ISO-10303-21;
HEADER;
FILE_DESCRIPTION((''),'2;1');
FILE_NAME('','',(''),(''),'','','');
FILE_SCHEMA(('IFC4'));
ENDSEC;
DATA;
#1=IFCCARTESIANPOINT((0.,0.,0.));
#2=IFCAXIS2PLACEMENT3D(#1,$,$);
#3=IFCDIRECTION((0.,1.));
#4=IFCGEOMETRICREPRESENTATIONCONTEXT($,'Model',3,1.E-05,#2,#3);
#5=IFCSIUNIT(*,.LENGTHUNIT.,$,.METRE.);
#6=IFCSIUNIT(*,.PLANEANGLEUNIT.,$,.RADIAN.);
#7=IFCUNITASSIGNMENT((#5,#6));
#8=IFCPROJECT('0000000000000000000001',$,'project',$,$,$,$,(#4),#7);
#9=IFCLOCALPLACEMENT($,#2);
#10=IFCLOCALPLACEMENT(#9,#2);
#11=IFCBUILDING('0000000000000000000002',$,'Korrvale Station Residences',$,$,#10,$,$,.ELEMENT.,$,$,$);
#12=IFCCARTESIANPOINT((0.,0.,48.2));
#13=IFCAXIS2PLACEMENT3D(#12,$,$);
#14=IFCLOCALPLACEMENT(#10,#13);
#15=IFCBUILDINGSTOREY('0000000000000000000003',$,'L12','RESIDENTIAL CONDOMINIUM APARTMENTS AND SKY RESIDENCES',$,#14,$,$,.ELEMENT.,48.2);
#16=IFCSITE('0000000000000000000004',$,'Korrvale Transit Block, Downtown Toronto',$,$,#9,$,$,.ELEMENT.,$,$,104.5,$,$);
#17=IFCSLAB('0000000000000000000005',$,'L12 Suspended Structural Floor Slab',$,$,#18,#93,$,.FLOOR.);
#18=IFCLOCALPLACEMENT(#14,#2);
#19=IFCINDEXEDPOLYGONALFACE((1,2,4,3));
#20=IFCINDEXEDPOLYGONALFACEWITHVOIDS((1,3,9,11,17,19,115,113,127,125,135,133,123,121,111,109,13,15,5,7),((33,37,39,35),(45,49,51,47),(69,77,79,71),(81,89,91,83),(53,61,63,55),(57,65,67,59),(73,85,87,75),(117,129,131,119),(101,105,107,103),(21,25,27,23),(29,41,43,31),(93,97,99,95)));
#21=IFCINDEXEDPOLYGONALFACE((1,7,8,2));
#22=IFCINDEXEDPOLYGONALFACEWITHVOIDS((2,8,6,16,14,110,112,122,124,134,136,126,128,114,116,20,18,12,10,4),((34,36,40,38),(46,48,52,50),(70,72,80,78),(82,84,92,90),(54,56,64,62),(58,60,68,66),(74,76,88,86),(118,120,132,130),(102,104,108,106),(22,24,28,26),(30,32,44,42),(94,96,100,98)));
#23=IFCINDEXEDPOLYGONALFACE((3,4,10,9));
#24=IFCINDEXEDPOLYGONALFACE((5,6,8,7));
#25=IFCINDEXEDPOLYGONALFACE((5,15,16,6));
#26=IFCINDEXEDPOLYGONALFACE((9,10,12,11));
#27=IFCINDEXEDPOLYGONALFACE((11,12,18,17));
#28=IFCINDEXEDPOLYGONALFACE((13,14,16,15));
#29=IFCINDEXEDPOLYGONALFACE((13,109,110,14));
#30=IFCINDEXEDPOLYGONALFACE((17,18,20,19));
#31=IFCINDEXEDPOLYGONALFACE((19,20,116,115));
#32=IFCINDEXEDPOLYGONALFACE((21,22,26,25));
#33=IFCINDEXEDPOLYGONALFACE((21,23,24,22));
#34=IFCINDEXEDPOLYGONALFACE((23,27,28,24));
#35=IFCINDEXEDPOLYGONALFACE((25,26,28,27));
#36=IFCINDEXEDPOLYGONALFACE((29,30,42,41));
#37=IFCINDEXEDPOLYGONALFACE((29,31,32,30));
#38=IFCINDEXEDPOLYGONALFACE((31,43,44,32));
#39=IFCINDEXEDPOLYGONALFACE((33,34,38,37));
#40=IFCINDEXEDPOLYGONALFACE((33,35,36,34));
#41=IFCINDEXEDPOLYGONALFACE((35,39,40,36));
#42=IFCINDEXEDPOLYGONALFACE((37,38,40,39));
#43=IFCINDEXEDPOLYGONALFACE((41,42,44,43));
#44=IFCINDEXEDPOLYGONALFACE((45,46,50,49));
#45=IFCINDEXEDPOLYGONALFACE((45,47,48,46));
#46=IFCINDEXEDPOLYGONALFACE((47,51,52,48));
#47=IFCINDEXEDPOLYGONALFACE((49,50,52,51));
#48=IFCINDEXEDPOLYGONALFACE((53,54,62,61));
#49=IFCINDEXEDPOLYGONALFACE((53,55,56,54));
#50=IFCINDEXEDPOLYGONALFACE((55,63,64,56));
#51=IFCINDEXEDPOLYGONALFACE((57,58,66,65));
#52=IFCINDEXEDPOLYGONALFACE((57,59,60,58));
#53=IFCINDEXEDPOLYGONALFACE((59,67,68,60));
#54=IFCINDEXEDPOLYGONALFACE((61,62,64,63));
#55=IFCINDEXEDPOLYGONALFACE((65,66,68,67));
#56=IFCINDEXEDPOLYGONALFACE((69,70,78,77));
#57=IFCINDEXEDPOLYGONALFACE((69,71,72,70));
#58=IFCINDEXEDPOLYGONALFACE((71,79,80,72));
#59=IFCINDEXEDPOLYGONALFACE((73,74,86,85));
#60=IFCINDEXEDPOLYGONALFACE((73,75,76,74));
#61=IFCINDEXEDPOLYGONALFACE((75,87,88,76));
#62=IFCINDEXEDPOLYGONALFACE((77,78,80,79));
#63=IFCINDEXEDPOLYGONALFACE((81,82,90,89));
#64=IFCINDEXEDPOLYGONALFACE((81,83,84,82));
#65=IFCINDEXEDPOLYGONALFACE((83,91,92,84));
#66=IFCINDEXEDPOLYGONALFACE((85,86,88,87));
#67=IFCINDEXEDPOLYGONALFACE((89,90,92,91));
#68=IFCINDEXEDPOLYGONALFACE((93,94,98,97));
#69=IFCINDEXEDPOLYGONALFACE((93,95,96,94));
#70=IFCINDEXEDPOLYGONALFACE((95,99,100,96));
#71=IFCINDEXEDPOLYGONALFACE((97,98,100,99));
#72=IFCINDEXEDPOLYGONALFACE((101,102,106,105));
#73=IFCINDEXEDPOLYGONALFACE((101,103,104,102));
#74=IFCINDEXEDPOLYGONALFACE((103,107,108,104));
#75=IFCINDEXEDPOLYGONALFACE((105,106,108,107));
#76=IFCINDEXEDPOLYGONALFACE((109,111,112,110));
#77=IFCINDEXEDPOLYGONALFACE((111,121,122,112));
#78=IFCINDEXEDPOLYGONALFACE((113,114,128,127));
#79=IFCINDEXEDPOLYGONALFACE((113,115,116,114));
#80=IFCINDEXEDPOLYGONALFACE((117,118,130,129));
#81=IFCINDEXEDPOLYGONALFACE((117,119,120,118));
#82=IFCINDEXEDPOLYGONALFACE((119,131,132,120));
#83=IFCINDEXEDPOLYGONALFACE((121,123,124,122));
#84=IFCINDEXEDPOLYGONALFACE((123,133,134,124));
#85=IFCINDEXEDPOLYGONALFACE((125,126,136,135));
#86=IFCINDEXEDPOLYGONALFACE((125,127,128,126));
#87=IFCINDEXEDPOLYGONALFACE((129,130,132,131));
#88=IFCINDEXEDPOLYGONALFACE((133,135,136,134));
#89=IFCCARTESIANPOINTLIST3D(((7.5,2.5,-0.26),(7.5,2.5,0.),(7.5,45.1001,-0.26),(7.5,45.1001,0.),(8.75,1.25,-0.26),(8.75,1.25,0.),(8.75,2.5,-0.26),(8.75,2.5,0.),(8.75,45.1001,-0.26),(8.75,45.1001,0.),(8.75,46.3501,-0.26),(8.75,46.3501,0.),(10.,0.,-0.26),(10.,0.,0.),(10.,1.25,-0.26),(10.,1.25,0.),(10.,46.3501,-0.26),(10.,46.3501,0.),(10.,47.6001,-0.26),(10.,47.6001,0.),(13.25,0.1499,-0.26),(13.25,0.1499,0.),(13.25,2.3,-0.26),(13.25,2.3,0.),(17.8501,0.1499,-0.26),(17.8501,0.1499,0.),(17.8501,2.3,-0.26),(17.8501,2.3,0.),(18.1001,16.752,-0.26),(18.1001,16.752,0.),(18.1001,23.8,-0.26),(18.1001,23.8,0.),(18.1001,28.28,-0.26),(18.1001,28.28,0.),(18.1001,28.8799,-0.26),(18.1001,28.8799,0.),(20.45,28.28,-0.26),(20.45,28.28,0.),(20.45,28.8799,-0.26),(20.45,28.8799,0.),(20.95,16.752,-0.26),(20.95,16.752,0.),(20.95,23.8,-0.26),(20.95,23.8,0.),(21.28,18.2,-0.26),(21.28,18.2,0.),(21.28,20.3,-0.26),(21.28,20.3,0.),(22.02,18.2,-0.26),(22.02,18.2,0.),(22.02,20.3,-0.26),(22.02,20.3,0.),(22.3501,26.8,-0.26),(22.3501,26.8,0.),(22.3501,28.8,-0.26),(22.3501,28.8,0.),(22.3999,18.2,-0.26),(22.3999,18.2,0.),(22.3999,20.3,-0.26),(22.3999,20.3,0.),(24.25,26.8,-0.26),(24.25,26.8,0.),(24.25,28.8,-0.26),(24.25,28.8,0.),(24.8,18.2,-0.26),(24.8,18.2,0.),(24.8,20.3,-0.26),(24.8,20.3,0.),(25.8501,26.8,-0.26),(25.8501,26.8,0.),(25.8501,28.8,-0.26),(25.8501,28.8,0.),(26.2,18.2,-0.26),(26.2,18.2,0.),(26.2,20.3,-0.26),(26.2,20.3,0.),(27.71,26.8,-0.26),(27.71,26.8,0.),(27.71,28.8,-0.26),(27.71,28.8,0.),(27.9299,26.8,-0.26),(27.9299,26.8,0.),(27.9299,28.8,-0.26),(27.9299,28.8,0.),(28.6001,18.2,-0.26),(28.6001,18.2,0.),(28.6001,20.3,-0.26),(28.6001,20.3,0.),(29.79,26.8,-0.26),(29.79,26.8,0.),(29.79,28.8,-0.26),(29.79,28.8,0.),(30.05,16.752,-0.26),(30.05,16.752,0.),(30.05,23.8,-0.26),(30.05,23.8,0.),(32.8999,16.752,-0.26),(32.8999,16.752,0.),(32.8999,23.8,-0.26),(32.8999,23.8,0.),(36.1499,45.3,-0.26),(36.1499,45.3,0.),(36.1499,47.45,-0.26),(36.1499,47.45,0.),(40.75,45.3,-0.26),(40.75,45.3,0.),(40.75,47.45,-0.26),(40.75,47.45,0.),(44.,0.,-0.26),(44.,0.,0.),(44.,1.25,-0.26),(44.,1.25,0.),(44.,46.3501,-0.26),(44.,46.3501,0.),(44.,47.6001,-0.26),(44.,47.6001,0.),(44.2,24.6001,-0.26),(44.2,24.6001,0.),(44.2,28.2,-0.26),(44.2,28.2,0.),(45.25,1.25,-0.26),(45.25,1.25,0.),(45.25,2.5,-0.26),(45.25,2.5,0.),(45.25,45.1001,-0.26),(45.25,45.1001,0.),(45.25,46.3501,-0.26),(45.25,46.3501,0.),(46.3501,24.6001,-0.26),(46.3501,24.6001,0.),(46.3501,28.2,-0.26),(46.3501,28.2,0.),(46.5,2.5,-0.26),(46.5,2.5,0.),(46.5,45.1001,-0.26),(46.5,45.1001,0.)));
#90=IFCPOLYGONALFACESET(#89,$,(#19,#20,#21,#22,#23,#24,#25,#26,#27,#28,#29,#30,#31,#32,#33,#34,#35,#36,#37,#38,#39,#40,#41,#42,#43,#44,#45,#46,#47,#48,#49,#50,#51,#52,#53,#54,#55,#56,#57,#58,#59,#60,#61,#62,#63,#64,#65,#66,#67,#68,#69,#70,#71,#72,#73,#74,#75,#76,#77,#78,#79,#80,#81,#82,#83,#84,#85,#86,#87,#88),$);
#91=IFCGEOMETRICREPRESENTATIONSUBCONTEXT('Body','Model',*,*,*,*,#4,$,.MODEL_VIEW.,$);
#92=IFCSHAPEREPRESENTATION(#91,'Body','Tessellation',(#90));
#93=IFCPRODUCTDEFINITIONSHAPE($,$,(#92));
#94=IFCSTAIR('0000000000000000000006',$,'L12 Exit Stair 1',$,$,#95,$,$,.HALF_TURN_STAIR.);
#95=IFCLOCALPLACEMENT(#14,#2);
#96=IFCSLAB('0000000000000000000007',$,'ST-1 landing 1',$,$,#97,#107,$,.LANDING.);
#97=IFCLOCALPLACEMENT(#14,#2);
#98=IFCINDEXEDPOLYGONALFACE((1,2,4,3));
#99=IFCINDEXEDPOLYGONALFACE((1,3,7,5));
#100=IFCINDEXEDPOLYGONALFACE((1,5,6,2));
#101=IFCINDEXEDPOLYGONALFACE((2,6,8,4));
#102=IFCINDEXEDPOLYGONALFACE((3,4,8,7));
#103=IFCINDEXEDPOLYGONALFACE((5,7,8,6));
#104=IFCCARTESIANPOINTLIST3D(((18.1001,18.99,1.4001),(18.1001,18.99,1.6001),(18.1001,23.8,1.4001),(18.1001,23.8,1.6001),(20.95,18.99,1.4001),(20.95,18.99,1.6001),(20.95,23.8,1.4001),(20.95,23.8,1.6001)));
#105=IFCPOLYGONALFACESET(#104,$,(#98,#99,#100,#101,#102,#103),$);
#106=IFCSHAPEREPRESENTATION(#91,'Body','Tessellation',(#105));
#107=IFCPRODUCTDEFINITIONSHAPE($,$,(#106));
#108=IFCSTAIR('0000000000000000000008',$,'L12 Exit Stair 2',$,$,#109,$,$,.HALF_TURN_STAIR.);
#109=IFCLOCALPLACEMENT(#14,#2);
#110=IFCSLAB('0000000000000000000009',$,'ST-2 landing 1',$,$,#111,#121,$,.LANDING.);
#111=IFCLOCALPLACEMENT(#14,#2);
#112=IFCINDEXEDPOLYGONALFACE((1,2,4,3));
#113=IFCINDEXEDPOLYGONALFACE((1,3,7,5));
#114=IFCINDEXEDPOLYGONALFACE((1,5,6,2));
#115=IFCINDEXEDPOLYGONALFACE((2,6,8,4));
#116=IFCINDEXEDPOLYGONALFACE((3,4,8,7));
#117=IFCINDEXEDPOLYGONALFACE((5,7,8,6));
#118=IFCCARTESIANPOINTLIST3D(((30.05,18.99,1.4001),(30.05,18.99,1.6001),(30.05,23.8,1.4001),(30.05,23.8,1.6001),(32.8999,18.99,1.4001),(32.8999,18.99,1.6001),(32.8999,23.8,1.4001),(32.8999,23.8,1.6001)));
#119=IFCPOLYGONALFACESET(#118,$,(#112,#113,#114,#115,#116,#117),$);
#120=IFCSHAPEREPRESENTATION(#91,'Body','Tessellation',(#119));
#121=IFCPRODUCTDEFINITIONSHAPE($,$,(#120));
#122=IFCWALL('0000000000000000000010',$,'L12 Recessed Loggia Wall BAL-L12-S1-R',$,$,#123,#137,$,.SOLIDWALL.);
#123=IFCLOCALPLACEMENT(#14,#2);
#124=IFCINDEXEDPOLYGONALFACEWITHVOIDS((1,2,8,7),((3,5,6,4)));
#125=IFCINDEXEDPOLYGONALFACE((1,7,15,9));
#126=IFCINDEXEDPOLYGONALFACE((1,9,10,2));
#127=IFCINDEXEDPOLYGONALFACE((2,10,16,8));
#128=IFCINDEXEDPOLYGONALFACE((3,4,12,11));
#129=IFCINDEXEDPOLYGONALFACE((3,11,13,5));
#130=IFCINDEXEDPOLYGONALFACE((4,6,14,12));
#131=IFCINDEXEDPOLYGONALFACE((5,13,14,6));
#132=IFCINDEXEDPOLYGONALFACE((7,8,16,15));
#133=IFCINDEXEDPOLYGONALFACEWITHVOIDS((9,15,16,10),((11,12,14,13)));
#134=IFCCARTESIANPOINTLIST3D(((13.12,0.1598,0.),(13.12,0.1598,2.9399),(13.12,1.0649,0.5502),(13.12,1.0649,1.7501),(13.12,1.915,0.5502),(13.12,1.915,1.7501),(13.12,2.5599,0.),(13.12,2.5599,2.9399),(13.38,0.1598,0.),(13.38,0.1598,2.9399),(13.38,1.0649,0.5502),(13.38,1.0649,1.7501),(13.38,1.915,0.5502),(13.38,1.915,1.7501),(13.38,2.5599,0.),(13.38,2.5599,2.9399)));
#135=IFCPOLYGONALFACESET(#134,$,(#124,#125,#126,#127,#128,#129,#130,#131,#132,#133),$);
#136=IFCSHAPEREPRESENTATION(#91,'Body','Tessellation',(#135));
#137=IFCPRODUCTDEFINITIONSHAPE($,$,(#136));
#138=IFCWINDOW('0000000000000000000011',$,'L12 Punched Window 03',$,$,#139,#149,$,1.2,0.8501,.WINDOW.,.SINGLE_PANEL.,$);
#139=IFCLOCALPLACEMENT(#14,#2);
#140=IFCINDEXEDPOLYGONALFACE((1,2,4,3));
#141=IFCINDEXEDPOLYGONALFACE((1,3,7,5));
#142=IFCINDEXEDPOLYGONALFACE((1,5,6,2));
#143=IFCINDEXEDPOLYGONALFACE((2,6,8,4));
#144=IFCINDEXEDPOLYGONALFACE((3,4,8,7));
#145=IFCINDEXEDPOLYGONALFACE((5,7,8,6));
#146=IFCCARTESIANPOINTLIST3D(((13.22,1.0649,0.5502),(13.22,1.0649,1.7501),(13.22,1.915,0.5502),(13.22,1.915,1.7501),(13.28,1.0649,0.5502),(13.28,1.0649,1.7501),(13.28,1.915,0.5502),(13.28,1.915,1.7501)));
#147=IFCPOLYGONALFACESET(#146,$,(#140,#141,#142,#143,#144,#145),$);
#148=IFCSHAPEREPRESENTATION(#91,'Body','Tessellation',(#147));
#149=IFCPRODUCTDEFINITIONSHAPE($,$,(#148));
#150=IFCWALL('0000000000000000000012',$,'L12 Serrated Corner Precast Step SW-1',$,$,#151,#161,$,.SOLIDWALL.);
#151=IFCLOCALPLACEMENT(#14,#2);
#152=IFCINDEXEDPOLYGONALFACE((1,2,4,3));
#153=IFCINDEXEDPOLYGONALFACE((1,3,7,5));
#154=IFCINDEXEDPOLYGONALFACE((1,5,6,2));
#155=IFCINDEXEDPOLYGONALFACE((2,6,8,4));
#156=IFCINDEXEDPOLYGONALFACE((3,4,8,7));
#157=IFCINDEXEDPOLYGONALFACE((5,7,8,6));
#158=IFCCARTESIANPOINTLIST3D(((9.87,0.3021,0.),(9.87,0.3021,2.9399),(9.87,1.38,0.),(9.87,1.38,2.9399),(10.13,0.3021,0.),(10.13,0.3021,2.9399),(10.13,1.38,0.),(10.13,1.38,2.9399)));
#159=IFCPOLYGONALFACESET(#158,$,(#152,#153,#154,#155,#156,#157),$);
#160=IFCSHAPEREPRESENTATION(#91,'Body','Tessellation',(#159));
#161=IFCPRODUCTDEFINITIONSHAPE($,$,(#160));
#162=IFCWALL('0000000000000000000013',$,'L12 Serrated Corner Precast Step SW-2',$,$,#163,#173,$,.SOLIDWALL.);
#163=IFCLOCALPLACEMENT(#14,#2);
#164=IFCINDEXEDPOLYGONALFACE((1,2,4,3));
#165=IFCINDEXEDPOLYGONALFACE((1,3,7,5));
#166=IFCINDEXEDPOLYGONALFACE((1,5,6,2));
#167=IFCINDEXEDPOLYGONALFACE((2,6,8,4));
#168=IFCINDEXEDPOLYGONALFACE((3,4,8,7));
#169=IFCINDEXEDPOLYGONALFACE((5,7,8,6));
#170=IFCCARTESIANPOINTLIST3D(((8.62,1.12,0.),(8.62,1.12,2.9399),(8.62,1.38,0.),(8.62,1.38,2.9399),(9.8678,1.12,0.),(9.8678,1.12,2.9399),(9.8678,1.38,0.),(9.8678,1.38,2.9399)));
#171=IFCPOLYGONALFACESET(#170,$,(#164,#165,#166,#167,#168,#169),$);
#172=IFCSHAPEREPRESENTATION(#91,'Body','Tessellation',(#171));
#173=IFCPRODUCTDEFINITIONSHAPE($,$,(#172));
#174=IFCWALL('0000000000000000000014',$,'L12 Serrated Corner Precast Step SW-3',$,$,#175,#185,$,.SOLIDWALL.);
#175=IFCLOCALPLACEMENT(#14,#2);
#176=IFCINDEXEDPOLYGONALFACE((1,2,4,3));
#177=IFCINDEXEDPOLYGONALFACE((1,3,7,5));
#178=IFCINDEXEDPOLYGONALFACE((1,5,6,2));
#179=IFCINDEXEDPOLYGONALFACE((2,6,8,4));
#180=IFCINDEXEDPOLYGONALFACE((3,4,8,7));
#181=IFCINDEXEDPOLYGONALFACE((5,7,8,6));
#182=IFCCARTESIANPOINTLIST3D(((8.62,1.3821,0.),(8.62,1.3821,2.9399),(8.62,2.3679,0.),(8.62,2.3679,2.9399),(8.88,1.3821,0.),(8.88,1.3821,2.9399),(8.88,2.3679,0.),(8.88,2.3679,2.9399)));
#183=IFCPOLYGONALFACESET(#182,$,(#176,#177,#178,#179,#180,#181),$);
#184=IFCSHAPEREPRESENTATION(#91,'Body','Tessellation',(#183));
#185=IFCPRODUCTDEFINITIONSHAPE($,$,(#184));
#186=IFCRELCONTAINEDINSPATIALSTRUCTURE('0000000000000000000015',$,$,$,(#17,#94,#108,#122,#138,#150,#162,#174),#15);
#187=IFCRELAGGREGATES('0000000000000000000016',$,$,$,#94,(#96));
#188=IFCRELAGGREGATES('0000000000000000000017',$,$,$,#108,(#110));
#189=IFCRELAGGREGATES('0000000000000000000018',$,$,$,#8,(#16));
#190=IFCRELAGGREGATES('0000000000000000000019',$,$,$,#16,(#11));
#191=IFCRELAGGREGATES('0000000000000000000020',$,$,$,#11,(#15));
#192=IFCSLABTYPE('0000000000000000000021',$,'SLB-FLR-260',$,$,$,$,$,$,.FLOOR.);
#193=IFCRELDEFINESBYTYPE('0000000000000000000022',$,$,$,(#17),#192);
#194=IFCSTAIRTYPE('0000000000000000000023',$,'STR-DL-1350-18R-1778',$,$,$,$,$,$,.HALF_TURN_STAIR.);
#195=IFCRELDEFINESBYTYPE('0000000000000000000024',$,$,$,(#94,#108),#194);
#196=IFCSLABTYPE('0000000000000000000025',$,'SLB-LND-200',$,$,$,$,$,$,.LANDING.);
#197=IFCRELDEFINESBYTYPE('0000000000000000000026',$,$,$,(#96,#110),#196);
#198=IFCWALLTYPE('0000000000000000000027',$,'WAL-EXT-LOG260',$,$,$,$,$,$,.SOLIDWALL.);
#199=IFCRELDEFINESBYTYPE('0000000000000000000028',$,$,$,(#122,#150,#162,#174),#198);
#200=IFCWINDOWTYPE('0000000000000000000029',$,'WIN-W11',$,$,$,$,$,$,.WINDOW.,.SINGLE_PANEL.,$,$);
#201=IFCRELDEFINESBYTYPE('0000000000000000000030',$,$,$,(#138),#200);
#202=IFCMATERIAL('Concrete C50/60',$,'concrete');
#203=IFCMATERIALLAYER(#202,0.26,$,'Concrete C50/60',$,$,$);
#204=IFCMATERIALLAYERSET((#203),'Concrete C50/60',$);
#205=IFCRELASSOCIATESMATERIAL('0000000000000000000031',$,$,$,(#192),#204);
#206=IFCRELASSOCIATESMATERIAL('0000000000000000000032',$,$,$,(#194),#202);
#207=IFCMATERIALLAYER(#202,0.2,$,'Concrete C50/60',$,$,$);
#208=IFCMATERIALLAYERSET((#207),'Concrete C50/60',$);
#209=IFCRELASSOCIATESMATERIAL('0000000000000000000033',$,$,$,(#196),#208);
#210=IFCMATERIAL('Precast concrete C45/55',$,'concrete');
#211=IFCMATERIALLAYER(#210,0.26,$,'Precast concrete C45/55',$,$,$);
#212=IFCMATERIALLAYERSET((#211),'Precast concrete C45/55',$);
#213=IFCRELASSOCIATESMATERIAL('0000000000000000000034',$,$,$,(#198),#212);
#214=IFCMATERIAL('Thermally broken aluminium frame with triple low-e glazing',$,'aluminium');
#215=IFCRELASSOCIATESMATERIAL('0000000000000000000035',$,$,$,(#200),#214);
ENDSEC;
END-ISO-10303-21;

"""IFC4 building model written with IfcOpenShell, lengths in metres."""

from ifc_helpers import new_model, si_unit, direction, frame, frame_2d, origin, place, context, subcontext, project, spatial, polyline, rectangle, outline, extrude, material, layer, layer_set, type_object, element, fill, aggregate, save


model = new_model("IFC4")

# Units and contexts
model_context = context("Model", 3, precision=1e-05, world=origin(), true_north=direction((0.0, 1.0)))
body_context = subcontext(model_context, "Body", "Model", "MODEL_VIEW")
ifc_project = project(units=[si_unit("LENGTHUNIT", "METRE"), si_unit("PLANEANGLEUNIT", "RADIAN")], contexts=[model_context])

# Site, building, storey
site_placement = place(None, origin())
site = spatial("IfcSite", under=ifc_project, at=site_placement, Name="Korrvale Transit Block, Downtown Toronto", CompositionType="ELEMENT", RefElevation=104.5)
building_placement = place(site_placement, origin())
building = spatial("IfcBuilding", under=site, at=building_placement, Name="Korrvale Station Residences", CompositionType="ELEMENT")
storey_placement = place(building_placement, frame((0.0, 0.0, 48.2)))
storey = spatial("IfcBuildingStorey", under=building, at=storey_placement, Name="L12", Description="RESIDENTIAL CONDOMINIUM APARTMENTS AND SKY RESIDENCES", CompositionType="ELEMENT", Elevation=48.2)

# Slab
ifc_material_1 = material(Name="Concrete C50/60", Category="concrete")
ifc_layer_1 = layer(ifc_material_1, 0.26, Name="Concrete C50/60")
ifc_layer_set_1 = layer_set([ifc_layer_1], Name="Concrete C50/60")
slab_type_1 = type_object("IfcSlabType", Name="SLB-FLR-260", PredefinedType="FLOOR", material=ifc_layer_set_1)
slab_1_placement = place(storey_placement, frame((0.0, 0.0, -0.26)))
element("IfcSlab", 1, at=slab_1_placement, inside=storey, type_object=slab_type_1, Name="L12 Suspended Structural Floor Slab", PredefinedType="FLOOR", context=body_context, shape_type="SweptSolid", body=[
    extrude(outline(polyline([(10.0, 0.0), (44.0, 0.0), (44.0, 1.25), (45.25, 1.25), (45.25, 2.5), (46.5, 2.5), (46.5, 45.1001), (45.25, 45.1001), (45.25, 46.3501), (44.0, 46.3501), (44.0, 47.6001), (10.0, 47.6001), (10.0, 46.3501), (8.75, 46.3501), (8.75, 45.1001), (7.5, 45.1001), (7.5, 2.5), (8.75, 2.5), (8.75, 1.25), (10.0, 1.25), (10.0, 0.0)]), holes=[polyline([(20.95, 16.752), (20.95, 23.8), (18.1001, 23.8), (18.1001, 16.752), (20.95, 16.752)]), polyline([(32.8999, 16.752), (32.8999, 23.8), (30.05, 23.8), (30.05, 16.752), (32.8999, 16.752)]), polyline([(22.3501, 26.8), (24.25, 26.8), (24.25, 28.8), (22.3501, 28.8), (22.3501, 26.8)]), polyline([(25.8501, 26.8), (27.71, 26.8), (27.71, 28.8), (25.8501, 28.8), (25.8501, 26.8)]), polyline([(27.9299, 26.8), (29.79, 26.8), (29.79, 28.8), (27.9299, 28.8), (27.9299, 26.8)]), polyline([(22.3999, 18.2), (24.8, 18.2), (24.8, 20.3), (22.3999, 20.3), (22.3999, 18.2)]), polyline([(26.2, 18.2), (28.6001, 18.2), (28.6001, 20.3), (26.2, 20.3), (26.2, 18.2)]), polyline([(18.1001, 28.28), (20.45, 28.28), (20.45, 28.8799), (18.1001, 28.8799), (18.1001, 28.28)]), polyline([(21.28, 18.2), (22.02, 18.2), (22.02, 20.3), (21.28, 20.3), (21.28, 18.2)]), polyline([(13.25, 0.1499), (17.8501, 0.1499), (17.8501, 2.3), (13.25, 2.3), (13.25, 0.1499)]), polyline([(36.1499, 45.3), (40.75, 45.3), (40.75, 47.45), (36.1499, 47.45), (36.1499, 45.3)]), polyline([(44.2, 24.6001), (46.3501, 24.6001), (46.3501, 28.2), (44.2, 28.2), (44.2, 24.6001)])]), origin(), (0.0, 0.0, 1.0), 0.26),
])

# Stairs, slabs
stair_type = type_object("IfcStairType", Name="STR-DL-1350-18R-1778", PredefinedType="HALF_TURN_STAIR", material=ifc_material_1)
stair_1_placement = place(storey_placement, origin())
stair_1 = element("IfcStair", 2, at=stair_1_placement, inside=storey, type_object=stair_type, Name="L12 Exit Stair 1", PredefinedType="HALF_TURN_STAIR")
ifc_layer_2 = layer(ifc_material_1, 0.2, Name="Concrete C50/60")
ifc_layer_set_2 = layer_set([ifc_layer_2], Name="Concrete C50/60")
slab_type_2 = type_object("IfcSlabType", Name="SLB-LND-200", PredefinedType="LANDING", material=ifc_layer_set_2)
slab_2_placement = place(storey_placement, frame((0.0, 0.0, 1.4001)))
slab_2 = element("IfcSlab", 3, at=slab_2_placement, type_object=slab_type_2, Name="ST-1 landing 1", PredefinedType="LANDING", context=body_context, shape_type="SweptSolid", body=[
    extrude(outline(polyline([(20.95, 18.99), (20.95, 23.8), (18.1001, 23.8), (18.1001, 18.99), (20.95, 18.99)])), origin(), (0.0, 0.0, 1.0), 0.2),
])
aggregate(stair_1, [slab_2])
stair_2_placement = place(storey_placement, origin())
stair_2 = element("IfcStair", 4, at=stair_2_placement, inside=storey, type_object=stair_type, Name="L12 Exit Stair 2", PredefinedType="HALF_TURN_STAIR")
slab_3_placement = place(storey_placement, frame((0.0, 0.0, 1.4001)))
slab_3 = element("IfcSlab", 5, at=slab_3_placement, type_object=slab_type_2, Name="ST-2 landing 1", PredefinedType="LANDING", context=body_context, shape_type="SweptSolid", body=[
    extrude(outline(polyline([(32.8999, 18.99), (32.8999, 23.8), (30.05, 23.8), (30.05, 18.99), (32.8999, 18.99)])), origin(), (0.0, 0.0, 1.0), 0.2),
])
aggregate(stair_2, [slab_3])

# Wall, opening, window
ifc_material_2 = material(Name="Precast concrete C45/55", Category="concrete")
ifc_layer_3 = layer(ifc_material_2, 0.26, Name="Precast concrete C45/55")
ifc_layer_set_3 = layer_set([ifc_layer_3], Name="Precast concrete C45/55")
wall_type_1 = type_object("IfcWallType", Name="WAL-EXT-LOG260", PredefinedType="SOLIDWALL", material=ifc_layer_set_3)
wall_1_placement = place(storey_placement, frame((13.25, 2.5601, 0.0), z_axis=(0.0, 0.0, 1.0), x_axis=(0.0, -1.0, 0.0)))
wall_1 = element("IfcWall", 6, at=wall_1_placement, inside=storey, type_object=wall_type_1, Name="L12 Recessed Loggia Wall BAL-L12-S1-R", PredefinedType="SOLIDWALL", context=body_context, shape_type="SweptSolid", body=[
    extrude(rectangle(XDim=2.4001, YDim=0.26, at=frame_2d((1.2002, 0.0))), origin(), (0.0, 0.0, 1.0), 2.9399),
])
opening_1_placement = place(wall_1_placement, frame((0.645, 0.0, 0.55)))
opening_1 = element("IfcOpeningElement", 7, at=opening_1_placement, cuts=wall_1, PredefinedType="OPENING", context=body_context, shape_type="SweptSolid", body=[
    extrude(rectangle(XDim=0.8501, YDim=1.2, at=frame_2d((0.425, 0.6001))), frame((0.0, 0.1401, 0.0), z_axis=(0.0, -1.0, 0.0), x_axis=(1.0, 0.0, 0.0)), (0.0, 0.0, 1.0), 0.28),
])
ifc_material_3 = material(Name="Thermally broken aluminium frame with triple low-e glazing", Category="aluminium")
window_type_1 = type_object("IfcWindowType", Name="WIN-W11", PartitioningType="SINGLE_PANEL", PredefinedType="WINDOW", material=ifc_material_3)
window_1_placement = place(opening_1_placement, origin())
window_1 = element("IfcWindow", 8, at=window_1_placement, inside=storey, type_object=window_type_1, Name="L12 Punched Window 03", OverallHeight=1.2, OverallWidth=0.8501, PartitioningType="SINGLE_PANEL", PredefinedType="WINDOW", context=body_context, shape_type="SweptSolid", body=[
    extrude(rectangle(XDim=0.8501, YDim=1.2, at=frame_2d((0.425, 0.6001))), frame((0.0, 0.03, 0.0), z_axis=(0.0, -1.0, 0.0), x_axis=(1.0, 0.0, 0.0)), (0.0, 0.0, 1.0), 0.0601),
])
fill(opening_1, window_1)

# Walls
wall_2_placement = place(storey_placement, frame((10.0, 0.302, 0.0), z_axis=(0.0, 0.0, 1.0), x_axis=(0.0, 1.0, 0.0)))
element("IfcWall", 9, at=wall_2_placement, inside=storey, type_object=wall_type_1, Name="L12 Serrated Corner Precast Step SW-1", PredefinedType="SOLIDWALL", context=body_context, shape_type="SweptSolid", body=[
    extrude(rectangle(XDim=1.0779, YDim=0.26, at=frame_2d((0.5391, 0.0))), origin(), (0.0, 0.0, 1.0), 2.9399),
])
wall_3_placement = place(storey_placement, frame((9.8679, 1.25, 0.0), z_axis=(0.0, 0.0, 1.0), x_axis=(-1.0, 0.0, 0.0)))
element("IfcWall", 10, at=wall_3_placement, inside=storey, type_object=wall_type_1, Name="L12 Serrated Corner Precast Step SW-2", PredefinedType="SOLIDWALL", context=body_context, shape_type="SweptSolid", body=[
    extrude(rectangle(XDim=1.2478, YDim=0.26, at=frame_2d((0.624, 0.0))), origin(), (0.0, 0.0, 1.0), 2.9399),
])
wall_4_placement = place(storey_placement, frame((8.75, 1.3821, 0.0), z_axis=(0.0, 0.0, 1.0), x_axis=(0.0, 1.0, 0.0)))
element("IfcWall", 11, at=wall_4_placement, inside=storey, type_object=wall_type_1, Name="L12 Serrated Corner Precast Step SW-3", PredefinedType="SOLIDWALL", context=body_context, shape_type="SweptSolid", body=[
    extrude(rectangle(XDim=0.9858, YDim=0.26, at=frame_2d((0.4929, 0.0))), origin(), (0.0, 0.0, 1.0), 2.9399),
])

save(model, "model.ifc")
